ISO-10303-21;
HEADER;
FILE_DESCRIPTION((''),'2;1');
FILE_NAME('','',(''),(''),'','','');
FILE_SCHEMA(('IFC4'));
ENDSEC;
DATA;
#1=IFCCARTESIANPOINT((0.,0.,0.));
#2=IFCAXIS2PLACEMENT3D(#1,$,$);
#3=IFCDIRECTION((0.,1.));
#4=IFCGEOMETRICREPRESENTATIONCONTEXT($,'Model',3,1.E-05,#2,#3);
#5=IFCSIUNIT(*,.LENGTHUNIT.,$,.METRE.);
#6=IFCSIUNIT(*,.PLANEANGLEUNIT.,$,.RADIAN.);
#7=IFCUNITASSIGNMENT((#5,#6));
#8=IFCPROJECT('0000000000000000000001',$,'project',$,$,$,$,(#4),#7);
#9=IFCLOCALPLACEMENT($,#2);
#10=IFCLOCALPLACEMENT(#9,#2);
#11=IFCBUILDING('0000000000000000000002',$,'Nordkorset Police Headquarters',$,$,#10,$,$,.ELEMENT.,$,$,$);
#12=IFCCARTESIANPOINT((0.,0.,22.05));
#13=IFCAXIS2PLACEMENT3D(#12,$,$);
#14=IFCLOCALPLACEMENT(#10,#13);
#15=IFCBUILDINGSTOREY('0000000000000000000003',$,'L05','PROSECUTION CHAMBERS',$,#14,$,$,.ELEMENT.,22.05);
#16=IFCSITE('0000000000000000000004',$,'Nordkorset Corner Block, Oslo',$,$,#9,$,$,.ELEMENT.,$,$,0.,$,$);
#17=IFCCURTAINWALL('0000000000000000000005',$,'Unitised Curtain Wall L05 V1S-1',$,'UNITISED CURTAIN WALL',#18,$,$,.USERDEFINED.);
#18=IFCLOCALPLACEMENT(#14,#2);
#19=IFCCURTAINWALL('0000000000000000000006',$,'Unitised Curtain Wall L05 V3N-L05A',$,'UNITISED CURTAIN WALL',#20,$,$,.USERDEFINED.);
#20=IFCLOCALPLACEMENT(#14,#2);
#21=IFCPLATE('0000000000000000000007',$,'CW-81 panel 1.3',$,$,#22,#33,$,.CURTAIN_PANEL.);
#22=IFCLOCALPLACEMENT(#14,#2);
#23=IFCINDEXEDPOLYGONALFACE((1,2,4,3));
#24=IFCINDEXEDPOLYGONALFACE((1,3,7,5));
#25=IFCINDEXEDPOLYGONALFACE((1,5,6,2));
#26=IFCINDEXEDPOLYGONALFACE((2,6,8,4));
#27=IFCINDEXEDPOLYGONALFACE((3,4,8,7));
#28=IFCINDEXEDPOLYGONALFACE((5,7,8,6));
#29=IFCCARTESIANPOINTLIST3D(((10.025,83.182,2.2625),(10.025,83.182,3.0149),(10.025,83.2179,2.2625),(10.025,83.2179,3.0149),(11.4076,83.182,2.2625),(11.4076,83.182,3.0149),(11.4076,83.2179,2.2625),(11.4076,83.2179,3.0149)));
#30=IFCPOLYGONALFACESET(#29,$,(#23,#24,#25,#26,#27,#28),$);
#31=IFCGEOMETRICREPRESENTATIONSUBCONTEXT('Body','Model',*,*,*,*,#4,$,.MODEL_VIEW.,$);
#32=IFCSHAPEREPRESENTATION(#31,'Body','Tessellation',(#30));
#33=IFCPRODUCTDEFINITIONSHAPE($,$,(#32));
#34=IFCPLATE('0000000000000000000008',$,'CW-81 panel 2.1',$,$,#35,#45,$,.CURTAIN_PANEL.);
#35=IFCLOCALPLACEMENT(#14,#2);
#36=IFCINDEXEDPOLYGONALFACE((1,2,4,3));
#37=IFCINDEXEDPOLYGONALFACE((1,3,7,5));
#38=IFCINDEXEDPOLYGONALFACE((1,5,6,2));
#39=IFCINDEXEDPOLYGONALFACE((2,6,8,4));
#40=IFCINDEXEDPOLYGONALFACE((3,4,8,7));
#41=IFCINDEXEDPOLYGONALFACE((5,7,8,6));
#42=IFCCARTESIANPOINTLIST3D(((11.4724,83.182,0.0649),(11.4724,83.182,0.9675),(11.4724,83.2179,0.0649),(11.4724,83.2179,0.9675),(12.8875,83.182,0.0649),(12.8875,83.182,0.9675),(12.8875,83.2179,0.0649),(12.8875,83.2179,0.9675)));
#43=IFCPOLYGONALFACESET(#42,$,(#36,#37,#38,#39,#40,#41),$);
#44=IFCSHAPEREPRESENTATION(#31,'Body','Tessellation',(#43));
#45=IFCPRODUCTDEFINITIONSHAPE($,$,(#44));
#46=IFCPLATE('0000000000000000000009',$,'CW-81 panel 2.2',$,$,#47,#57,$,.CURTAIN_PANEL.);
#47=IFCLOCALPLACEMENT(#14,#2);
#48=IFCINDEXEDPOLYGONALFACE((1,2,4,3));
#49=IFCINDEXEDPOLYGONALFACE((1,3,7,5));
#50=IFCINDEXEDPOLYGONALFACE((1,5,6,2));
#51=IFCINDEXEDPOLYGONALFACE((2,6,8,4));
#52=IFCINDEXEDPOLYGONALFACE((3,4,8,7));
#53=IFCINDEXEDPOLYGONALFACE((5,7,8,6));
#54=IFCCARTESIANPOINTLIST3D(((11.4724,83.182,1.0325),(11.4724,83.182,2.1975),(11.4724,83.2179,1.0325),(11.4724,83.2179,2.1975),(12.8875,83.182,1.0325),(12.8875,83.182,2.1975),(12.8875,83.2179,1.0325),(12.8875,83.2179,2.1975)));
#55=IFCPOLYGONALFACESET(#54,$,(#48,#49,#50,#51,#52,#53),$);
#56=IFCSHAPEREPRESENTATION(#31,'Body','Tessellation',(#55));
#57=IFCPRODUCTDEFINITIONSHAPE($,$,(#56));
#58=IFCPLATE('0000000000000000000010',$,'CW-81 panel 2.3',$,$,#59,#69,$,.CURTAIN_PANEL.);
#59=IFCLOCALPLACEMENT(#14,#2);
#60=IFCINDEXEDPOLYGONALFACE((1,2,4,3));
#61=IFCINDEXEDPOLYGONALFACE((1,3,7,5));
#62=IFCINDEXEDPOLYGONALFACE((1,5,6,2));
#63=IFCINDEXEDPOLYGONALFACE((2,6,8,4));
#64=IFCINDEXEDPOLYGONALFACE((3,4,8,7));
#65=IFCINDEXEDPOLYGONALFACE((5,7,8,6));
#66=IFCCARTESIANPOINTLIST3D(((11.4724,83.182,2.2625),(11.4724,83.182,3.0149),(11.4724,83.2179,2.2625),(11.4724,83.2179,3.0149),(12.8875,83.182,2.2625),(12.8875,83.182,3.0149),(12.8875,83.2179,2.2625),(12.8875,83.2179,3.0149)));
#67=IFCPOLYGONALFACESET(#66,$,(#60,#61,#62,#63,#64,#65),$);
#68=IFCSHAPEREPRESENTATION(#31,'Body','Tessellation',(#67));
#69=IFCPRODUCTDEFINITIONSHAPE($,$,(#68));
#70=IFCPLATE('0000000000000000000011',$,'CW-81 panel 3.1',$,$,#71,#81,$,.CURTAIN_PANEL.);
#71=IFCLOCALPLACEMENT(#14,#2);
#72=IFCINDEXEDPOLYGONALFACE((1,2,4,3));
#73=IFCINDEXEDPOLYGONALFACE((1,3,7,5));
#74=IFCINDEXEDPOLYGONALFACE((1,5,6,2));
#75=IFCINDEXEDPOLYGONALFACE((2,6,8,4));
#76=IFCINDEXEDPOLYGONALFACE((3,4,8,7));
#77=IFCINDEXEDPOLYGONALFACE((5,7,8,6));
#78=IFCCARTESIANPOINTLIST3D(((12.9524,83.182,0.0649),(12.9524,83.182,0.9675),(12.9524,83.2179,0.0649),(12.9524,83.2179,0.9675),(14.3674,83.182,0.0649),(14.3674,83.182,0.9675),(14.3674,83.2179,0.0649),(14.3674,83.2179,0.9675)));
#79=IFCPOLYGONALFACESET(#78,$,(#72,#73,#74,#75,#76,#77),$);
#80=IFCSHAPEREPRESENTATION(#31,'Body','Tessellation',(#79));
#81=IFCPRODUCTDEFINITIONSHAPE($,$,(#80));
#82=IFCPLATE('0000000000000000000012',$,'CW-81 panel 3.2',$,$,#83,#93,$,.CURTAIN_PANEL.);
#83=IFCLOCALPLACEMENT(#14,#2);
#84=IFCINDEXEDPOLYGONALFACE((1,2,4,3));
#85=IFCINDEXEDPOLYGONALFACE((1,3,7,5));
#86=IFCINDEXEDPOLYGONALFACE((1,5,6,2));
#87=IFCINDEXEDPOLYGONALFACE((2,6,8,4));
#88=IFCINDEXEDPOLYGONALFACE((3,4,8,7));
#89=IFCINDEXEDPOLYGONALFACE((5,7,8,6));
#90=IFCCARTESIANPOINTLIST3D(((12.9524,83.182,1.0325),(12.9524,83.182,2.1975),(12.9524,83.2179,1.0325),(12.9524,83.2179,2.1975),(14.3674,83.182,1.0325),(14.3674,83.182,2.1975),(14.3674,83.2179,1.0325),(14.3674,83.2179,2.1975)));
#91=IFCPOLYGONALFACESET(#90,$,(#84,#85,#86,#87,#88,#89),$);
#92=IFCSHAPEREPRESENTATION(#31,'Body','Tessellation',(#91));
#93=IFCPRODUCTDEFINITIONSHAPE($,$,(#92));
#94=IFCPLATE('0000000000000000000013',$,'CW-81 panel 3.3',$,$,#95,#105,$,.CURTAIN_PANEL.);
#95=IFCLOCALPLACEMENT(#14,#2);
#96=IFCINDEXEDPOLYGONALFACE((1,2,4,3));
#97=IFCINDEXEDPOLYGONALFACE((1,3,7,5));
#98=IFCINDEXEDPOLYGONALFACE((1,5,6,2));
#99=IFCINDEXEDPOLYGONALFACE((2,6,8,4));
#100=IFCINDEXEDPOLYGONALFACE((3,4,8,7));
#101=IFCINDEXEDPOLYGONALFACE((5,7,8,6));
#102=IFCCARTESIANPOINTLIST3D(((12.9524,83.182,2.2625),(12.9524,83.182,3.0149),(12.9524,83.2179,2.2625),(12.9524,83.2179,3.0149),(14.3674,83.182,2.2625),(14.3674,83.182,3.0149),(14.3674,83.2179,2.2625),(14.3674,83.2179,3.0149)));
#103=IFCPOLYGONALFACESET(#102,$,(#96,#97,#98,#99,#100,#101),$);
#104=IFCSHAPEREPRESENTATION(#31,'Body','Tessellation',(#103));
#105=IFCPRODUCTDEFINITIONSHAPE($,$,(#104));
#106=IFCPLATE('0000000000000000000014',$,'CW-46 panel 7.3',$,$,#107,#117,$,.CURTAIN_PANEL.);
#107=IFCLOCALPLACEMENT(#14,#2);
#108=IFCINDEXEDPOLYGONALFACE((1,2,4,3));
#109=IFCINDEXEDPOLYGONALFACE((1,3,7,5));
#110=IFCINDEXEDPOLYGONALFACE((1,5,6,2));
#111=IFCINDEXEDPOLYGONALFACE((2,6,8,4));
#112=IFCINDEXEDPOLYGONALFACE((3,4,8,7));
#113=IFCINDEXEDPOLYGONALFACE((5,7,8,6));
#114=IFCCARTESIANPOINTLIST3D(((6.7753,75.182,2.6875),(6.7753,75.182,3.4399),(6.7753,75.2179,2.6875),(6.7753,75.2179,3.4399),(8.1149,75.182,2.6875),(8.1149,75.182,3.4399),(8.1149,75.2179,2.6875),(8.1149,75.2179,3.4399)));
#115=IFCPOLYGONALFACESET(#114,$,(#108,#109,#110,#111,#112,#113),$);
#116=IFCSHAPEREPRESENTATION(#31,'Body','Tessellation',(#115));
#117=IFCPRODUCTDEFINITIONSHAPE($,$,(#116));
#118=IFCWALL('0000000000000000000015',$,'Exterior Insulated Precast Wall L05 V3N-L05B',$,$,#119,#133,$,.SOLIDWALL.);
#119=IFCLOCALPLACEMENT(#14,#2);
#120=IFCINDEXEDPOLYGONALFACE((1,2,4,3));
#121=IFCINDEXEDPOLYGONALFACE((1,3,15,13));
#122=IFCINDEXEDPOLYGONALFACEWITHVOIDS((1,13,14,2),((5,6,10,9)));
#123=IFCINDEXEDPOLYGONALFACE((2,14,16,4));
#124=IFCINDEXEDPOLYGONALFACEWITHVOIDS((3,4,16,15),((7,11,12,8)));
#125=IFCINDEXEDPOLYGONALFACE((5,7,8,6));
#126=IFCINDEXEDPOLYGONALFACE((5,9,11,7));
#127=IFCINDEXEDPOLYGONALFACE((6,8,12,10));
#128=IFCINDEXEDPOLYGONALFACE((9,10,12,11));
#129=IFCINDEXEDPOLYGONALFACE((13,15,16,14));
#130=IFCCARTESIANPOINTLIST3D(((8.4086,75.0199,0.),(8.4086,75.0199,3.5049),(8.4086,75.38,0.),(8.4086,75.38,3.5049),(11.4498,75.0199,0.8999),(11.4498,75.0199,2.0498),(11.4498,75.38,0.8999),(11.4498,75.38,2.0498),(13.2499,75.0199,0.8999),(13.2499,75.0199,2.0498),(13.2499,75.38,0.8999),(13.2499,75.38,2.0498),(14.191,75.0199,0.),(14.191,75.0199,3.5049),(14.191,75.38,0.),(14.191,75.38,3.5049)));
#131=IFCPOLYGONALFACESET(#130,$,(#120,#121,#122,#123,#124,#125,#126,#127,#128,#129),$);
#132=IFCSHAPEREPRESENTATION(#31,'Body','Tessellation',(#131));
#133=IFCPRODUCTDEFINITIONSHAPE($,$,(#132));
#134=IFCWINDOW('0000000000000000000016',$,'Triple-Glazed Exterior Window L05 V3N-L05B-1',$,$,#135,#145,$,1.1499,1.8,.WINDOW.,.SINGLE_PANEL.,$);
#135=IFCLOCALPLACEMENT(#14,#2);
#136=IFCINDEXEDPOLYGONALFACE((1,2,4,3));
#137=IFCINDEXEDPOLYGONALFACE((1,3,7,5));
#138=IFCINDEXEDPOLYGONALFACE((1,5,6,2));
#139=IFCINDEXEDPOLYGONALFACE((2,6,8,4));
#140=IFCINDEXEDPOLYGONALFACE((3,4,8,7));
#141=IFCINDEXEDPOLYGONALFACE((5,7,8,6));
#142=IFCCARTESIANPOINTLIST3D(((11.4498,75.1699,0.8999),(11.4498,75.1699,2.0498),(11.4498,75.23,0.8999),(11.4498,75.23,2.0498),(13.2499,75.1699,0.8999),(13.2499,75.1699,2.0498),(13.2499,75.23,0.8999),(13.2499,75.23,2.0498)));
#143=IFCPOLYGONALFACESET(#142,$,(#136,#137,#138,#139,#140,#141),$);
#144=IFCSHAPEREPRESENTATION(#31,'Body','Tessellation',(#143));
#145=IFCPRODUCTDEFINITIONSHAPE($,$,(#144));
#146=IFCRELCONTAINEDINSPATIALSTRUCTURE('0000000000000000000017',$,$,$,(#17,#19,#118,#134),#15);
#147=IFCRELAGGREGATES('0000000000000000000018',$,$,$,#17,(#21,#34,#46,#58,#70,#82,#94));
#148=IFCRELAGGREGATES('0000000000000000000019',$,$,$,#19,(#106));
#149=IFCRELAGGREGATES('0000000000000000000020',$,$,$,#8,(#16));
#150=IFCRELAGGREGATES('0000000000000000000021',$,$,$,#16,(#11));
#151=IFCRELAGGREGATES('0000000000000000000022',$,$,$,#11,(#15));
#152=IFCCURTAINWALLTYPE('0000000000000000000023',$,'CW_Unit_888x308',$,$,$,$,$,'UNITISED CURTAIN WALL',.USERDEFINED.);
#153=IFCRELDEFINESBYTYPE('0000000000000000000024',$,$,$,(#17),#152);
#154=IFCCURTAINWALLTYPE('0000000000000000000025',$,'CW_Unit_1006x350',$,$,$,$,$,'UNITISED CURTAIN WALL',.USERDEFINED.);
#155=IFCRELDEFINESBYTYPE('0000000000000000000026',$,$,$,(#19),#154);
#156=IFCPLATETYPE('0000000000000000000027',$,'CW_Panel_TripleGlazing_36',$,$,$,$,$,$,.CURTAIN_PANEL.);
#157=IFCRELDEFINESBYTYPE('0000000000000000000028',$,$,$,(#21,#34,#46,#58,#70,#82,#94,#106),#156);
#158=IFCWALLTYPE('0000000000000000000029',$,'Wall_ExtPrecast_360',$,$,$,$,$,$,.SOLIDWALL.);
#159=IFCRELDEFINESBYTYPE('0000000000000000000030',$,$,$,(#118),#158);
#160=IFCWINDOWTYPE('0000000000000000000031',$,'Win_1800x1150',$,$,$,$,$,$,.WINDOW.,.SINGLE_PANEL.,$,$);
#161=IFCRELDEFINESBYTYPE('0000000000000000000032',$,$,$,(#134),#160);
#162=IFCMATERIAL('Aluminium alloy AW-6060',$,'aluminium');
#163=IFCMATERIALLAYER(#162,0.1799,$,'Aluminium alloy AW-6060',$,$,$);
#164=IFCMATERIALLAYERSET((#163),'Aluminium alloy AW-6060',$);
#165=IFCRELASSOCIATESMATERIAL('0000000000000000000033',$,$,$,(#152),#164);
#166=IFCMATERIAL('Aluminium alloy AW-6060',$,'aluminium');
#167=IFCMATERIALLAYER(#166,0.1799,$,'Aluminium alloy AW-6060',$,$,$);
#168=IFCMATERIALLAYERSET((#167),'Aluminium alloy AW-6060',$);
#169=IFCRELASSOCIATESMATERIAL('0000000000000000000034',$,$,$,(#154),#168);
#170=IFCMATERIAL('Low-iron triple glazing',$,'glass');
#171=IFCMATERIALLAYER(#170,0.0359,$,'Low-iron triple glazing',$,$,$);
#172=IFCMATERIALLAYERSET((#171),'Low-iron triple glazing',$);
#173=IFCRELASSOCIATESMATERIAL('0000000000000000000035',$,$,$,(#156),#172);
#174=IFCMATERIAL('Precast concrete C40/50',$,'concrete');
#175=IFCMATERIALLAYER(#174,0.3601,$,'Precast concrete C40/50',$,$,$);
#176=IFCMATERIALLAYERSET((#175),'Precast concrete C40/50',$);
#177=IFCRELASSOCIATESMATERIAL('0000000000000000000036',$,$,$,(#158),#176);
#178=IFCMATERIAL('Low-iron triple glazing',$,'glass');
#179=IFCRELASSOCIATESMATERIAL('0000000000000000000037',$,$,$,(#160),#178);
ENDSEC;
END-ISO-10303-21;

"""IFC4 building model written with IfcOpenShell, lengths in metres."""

from ifc_helpers import new_model, si_unit, direction, frame, frame_2d, origin, origin_2d, place, context, subcontext, project, spatial, rectangle, extrude, material, layer, layer_set, type_object, element, fill, aggregate, save


model = new_model("IFC4")

# Units and contexts
model_context = context("Model", 3, precision=1e-05, world=origin(), true_north=direction((0.0, 1.0)))
body_context = subcontext(model_context, "Body", "Model", "MODEL_VIEW")
ifc_project = project(units=[si_unit("LENGTHUNIT", "METRE"), si_unit("PLANEANGLEUNIT", "RADIAN")], contexts=[model_context])

# Site, building, storey
site_placement = place(None, origin())
site = spatial("IfcSite", under=ifc_project, at=site_placement, Name="Nordkorset Corner Block, Oslo", CompositionType="ELEMENT", RefElevation=0.0)
building_placement = place(site_placement, origin())
building = spatial("IfcBuilding", under=site, at=building_placement, Name="Nordkorset Police Headquarters", CompositionType="ELEMENT")
storey_placement = place(building_placement, frame((0.0, 0.0, 22.05)))
storey = spatial("IfcBuildingStorey", under=building, at=storey_placement, Name="L05", Description="PROSECUTION CHAMBERS", CompositionType="ELEMENT", Elevation=22.05)

# Curtain wall
ifc_material_1 = material(Name="Aluminium alloy AW-6060", Category="aluminium")
ifc_layer_1 = layer(ifc_material_1, 0.1799, Name="Aluminium alloy AW-6060")
ifc_layer_set_1 = layer_set([ifc_layer_1], Name="Aluminium alloy AW-6060")
curtain_wall_type_1 = type_object("IfcCurtainWallType", Name="CW_Unit_888x308", ElementType="UNITISED CURTAIN WALL", PredefinedType="USERDEFINED", material=ifc_layer_set_1)
curtain_wall_1_placement = place(storey_placement, origin())
curtain_wall_1 = element("IfcCurtainWall", 1, at=curtain_wall_1_placement, inside=storey, type_object=curtain_wall_type_1, Name="Unitised Curtain Wall L05 V1S-1", ObjectType="UNITISED CURTAIN WALL", PredefinedType="USERDEFINED")

# Curtain wall
ifc_material_2 = material(Name="Aluminium alloy AW-6060", Category="aluminium")
ifc_layer_2 = layer(ifc_material_2, 0.1799, Name="Aluminium alloy AW-6060")
ifc_layer_set_2 = layer_set([ifc_layer_2], Name="Aluminium alloy AW-6060")
curtain_wall_type_2 = type_object("IfcCurtainWallType", Name="CW_Unit_1006x350", ElementType="UNITISED CURTAIN WALL", PredefinedType="USERDEFINED", material=ifc_layer_set_2)
curtain_wall_2_placement = place(storey_placement, origin())
curtain_wall_2 = element("IfcCurtainWall", 2, at=curtain_wall_2_placement, inside=storey, type_object=curtain_wall_type_2, Name="Unitised Curtain Wall L05 V3N-L05A", ObjectType="UNITISED CURTAIN WALL", PredefinedType="USERDEFINED")

# Plates
ifc_material_3 = material(Name="Low-iron triple glazing", Category="glass")
ifc_layer_3 = layer(ifc_material_3, 0.0359, Name="Low-iron triple glazing")
ifc_layer_set_3 = layer_set([ifc_layer_3], Name="Low-iron triple glazing")
plate_type = type_object("IfcPlateType", Name="CW_Panel_TripleGlazing_36", PredefinedType="CURTAIN_PANEL", material=ifc_layer_set_3)
plate_1_placement = place(storey_placement, frame((10.7163, 83.2, 2.2625), z_axis=(0.0, 0.0, 1.0), x_axis=(1.0, 0.0, 0.0)))
plate_1 = element("IfcPlate", 3, at=plate_1_placement, type_object=plate_type, Name="CW-81 panel 1.3", PredefinedType="CURTAIN_PANEL", context=body_context, shape_type="SweptSolid", body=[
    extrude(rectangle(XDim=1.3826, YDim=0.0359, at=origin_2d()), origin(), (0.0, 0.0, 1.0), 0.7524),
])
plate_2_placement = place(storey_placement, frame((12.1799, 83.2, 0.0649), z_axis=(0.0, 0.0, 1.0), x_axis=(1.0, 0.0, 0.0)))
plate_2 = element("IfcPlate", 4, at=plate_2_placement, type_object=plate_type, Name="CW-81 panel 2.1", PredefinedType="CURTAIN_PANEL", context=body_context, shape_type="SweptSolid", body=[
    extrude(rectangle(XDim=1.415, YDim=0.0359, at=origin_2d()), origin(), (0.0, 0.0, 1.0), 0.9026),
])
plate_3_placement = place(storey_placement, frame((12.1799, 83.2, 1.0325), z_axis=(0.0, 0.0, 1.0), x_axis=(1.0, 0.0, 0.0)))
plate_3 = element("IfcPlate", 5, at=plate_3_placement, type_object=plate_type, Name="CW-81 panel 2.2", PredefinedType="CURTAIN_PANEL", context=body_context, shape_type="SweptSolid", body=[
    extrude(rectangle(XDim=1.415, YDim=0.0359, at=origin_2d()), origin(), (0.0, 0.0, 1.0), 1.165),
])
plate_4_placement = place(storey_placement, frame((12.1799, 83.2, 2.2625), z_axis=(0.0, 0.0, 1.0), x_axis=(1.0, 0.0, 0.0)))
plate_4 = element("IfcPlate", 6, at=plate_4_placement, type_object=plate_type, Name="CW-81 panel 2.3", PredefinedType="CURTAIN_PANEL", context=body_context, shape_type="SweptSolid", body=[
    extrude(rectangle(XDim=1.415, YDim=0.0359, at=origin_2d()), origin(), (0.0, 0.0, 1.0), 0.7524),
])
plate_5_placement = place(storey_placement, frame((13.6599, 83.2, 0.0649), z_axis=(0.0, 0.0, 1.0), x_axis=(1.0, 0.0, 0.0)))
plate_5 = element("IfcPlate", 7, at=plate_5_placement, type_object=plate_type, Name="CW-81 panel 3.1", PredefinedType="CURTAIN_PANEL", context=body_context, shape_type="SweptSolid", body=[
    extrude(rectangle(XDim=1.415, YDim=0.0359, at=origin_2d()), origin(), (0.0, 0.0, 1.0), 0.9026),
])
plate_6_placement = place(storey_placement, frame((13.6599, 83.2, 1.0325), z_axis=(0.0, 0.0, 1.0), x_axis=(1.0, 0.0, 0.0)))
plate_6 = element("IfcPlate", 8, at=plate_6_placement, type_object=plate_type, Name="CW-81 panel 3.2", PredefinedType="CURTAIN_PANEL", context=body_context, shape_type="SweptSolid", body=[
    extrude(rectangle(XDim=1.415, YDim=0.0359, at=origin_2d()), origin(), (0.0, 0.0, 1.0), 1.165),
])
plate_7_placement = place(storey_placement, frame((13.6599, 83.2, 2.2625), z_axis=(0.0, 0.0, 1.0), x_axis=(1.0, 0.0, 0.0)))
plate_7 = element("IfcPlate", 9, at=plate_7_placement, type_object=plate_type, Name="CW-81 panel 3.3", PredefinedType="CURTAIN_PANEL", context=body_context, shape_type="SweptSolid", body=[
    extrude(rectangle(XDim=1.415, YDim=0.0359, at=origin_2d()), origin(), (0.0, 0.0, 1.0), 0.7524),
])
aggregate(curtain_wall_1, [plate_1, plate_2, plate_3, plate_4, plate_5, plate_6, plate_7])
plate_8_placement = place(storey_placement, frame((7.4451, 75.2, 2.6875), z_axis=(0.0, 0.0, 1.0), x_axis=(1.0, 0.0, 0.0)))
plate_8 = element("IfcPlate", 10, at=plate_8_placement, type_object=plate_type, Name="CW-46 panel 7.3", PredefinedType="CURTAIN_PANEL", context=body_context, shape_type="SweptSolid", body=[
    extrude(rectangle(XDim=1.3396, YDim=0.0359, at=origin_2d()), origin(), (0.0, 0.0, 1.0), 0.7524),
])
aggregate(curtain_wall_2, [plate_8])

# Wall, opening, window
ifc_material_4 = material(Name="Precast concrete C40/50", Category="concrete")
ifc_layer_4 = layer(ifc_material_4, 0.3601, Name="Precast concrete C40/50")
ifc_layer_set_4 = layer_set([ifc_layer_4], Name="Precast concrete C40/50")
wall_type = type_object("IfcWallType", Name="Wall_ExtPrecast_360", PredefinedType="SOLIDWALL", material=ifc_layer_set_4)
wall_placement = place(storey_placement, frame((8.4087, 75.2, 0.0), z_axis=(0.0, 0.0, 1.0), x_axis=(1.0, 0.0, 0.0)))
wall = element("IfcWall", 11, at=wall_placement, inside=storey, type_object=wall_type, Name="Exterior Insulated Precast Wall L05 V3N-L05B", PredefinedType="SOLIDWALL", context=body_context, shape_type="SweptSolid", body=[
    extrude(rectangle(XDim=5.7825, YDim=0.3601, at=frame_2d((2.8911, 0.0))), origin(), (0.0, 0.0, 1.0), 3.5049),
])
opening_placement = place(wall_placement, frame((3.0413, 0.0, 0.8999)))
opening = element("IfcOpeningElement", 12, at=opening_placement, cuts=wall, PredefinedType="OPENING", context=body_context, shape_type="SweptSolid", body=[
    extrude(rectangle(XDim=1.8, YDim=1.1499, at=frame_2d((0.8999, 0.575))), frame((0.0, 0.1899, 0.0), z_axis=(0.0, -1.0, 0.0), x_axis=(1.0, 0.0, 0.0)), (0.0, 0.0, 1.0), 0.3801),
])
ifc_material_5 = material(Name="Low-iron triple glazing", Category="glass")
window_type = type_object("IfcWindowType", Name="Win_1800x1150", PartitioningType="SINGLE_PANEL", PredefinedType="WINDOW", material=ifc_material_5)
window_placement = place(opening_placement, origin())
window = element("IfcWindow", 13, at=window_placement, inside=storey, type_object=window_type, Name="Triple-Glazed Exterior Window L05 V3N-L05B-1", OverallHeight=1.1499, OverallWidth=1.8, PartitioningType="SINGLE_PANEL", PredefinedType="WINDOW", context=body_context, shape_type="SweptSolid", body=[
    extrude(rectangle(XDim=1.8, YDim=1.1499, at=frame_2d((0.8999, 0.575))), frame((0.0, 0.03, 0.0), z_axis=(0.0, -1.0, 0.0), x_axis=(1.0, 0.0, 0.0)), (0.0, 0.0, 1.0), 0.0601),
])
fill(opening, window)

save(model, "model.ifc")
